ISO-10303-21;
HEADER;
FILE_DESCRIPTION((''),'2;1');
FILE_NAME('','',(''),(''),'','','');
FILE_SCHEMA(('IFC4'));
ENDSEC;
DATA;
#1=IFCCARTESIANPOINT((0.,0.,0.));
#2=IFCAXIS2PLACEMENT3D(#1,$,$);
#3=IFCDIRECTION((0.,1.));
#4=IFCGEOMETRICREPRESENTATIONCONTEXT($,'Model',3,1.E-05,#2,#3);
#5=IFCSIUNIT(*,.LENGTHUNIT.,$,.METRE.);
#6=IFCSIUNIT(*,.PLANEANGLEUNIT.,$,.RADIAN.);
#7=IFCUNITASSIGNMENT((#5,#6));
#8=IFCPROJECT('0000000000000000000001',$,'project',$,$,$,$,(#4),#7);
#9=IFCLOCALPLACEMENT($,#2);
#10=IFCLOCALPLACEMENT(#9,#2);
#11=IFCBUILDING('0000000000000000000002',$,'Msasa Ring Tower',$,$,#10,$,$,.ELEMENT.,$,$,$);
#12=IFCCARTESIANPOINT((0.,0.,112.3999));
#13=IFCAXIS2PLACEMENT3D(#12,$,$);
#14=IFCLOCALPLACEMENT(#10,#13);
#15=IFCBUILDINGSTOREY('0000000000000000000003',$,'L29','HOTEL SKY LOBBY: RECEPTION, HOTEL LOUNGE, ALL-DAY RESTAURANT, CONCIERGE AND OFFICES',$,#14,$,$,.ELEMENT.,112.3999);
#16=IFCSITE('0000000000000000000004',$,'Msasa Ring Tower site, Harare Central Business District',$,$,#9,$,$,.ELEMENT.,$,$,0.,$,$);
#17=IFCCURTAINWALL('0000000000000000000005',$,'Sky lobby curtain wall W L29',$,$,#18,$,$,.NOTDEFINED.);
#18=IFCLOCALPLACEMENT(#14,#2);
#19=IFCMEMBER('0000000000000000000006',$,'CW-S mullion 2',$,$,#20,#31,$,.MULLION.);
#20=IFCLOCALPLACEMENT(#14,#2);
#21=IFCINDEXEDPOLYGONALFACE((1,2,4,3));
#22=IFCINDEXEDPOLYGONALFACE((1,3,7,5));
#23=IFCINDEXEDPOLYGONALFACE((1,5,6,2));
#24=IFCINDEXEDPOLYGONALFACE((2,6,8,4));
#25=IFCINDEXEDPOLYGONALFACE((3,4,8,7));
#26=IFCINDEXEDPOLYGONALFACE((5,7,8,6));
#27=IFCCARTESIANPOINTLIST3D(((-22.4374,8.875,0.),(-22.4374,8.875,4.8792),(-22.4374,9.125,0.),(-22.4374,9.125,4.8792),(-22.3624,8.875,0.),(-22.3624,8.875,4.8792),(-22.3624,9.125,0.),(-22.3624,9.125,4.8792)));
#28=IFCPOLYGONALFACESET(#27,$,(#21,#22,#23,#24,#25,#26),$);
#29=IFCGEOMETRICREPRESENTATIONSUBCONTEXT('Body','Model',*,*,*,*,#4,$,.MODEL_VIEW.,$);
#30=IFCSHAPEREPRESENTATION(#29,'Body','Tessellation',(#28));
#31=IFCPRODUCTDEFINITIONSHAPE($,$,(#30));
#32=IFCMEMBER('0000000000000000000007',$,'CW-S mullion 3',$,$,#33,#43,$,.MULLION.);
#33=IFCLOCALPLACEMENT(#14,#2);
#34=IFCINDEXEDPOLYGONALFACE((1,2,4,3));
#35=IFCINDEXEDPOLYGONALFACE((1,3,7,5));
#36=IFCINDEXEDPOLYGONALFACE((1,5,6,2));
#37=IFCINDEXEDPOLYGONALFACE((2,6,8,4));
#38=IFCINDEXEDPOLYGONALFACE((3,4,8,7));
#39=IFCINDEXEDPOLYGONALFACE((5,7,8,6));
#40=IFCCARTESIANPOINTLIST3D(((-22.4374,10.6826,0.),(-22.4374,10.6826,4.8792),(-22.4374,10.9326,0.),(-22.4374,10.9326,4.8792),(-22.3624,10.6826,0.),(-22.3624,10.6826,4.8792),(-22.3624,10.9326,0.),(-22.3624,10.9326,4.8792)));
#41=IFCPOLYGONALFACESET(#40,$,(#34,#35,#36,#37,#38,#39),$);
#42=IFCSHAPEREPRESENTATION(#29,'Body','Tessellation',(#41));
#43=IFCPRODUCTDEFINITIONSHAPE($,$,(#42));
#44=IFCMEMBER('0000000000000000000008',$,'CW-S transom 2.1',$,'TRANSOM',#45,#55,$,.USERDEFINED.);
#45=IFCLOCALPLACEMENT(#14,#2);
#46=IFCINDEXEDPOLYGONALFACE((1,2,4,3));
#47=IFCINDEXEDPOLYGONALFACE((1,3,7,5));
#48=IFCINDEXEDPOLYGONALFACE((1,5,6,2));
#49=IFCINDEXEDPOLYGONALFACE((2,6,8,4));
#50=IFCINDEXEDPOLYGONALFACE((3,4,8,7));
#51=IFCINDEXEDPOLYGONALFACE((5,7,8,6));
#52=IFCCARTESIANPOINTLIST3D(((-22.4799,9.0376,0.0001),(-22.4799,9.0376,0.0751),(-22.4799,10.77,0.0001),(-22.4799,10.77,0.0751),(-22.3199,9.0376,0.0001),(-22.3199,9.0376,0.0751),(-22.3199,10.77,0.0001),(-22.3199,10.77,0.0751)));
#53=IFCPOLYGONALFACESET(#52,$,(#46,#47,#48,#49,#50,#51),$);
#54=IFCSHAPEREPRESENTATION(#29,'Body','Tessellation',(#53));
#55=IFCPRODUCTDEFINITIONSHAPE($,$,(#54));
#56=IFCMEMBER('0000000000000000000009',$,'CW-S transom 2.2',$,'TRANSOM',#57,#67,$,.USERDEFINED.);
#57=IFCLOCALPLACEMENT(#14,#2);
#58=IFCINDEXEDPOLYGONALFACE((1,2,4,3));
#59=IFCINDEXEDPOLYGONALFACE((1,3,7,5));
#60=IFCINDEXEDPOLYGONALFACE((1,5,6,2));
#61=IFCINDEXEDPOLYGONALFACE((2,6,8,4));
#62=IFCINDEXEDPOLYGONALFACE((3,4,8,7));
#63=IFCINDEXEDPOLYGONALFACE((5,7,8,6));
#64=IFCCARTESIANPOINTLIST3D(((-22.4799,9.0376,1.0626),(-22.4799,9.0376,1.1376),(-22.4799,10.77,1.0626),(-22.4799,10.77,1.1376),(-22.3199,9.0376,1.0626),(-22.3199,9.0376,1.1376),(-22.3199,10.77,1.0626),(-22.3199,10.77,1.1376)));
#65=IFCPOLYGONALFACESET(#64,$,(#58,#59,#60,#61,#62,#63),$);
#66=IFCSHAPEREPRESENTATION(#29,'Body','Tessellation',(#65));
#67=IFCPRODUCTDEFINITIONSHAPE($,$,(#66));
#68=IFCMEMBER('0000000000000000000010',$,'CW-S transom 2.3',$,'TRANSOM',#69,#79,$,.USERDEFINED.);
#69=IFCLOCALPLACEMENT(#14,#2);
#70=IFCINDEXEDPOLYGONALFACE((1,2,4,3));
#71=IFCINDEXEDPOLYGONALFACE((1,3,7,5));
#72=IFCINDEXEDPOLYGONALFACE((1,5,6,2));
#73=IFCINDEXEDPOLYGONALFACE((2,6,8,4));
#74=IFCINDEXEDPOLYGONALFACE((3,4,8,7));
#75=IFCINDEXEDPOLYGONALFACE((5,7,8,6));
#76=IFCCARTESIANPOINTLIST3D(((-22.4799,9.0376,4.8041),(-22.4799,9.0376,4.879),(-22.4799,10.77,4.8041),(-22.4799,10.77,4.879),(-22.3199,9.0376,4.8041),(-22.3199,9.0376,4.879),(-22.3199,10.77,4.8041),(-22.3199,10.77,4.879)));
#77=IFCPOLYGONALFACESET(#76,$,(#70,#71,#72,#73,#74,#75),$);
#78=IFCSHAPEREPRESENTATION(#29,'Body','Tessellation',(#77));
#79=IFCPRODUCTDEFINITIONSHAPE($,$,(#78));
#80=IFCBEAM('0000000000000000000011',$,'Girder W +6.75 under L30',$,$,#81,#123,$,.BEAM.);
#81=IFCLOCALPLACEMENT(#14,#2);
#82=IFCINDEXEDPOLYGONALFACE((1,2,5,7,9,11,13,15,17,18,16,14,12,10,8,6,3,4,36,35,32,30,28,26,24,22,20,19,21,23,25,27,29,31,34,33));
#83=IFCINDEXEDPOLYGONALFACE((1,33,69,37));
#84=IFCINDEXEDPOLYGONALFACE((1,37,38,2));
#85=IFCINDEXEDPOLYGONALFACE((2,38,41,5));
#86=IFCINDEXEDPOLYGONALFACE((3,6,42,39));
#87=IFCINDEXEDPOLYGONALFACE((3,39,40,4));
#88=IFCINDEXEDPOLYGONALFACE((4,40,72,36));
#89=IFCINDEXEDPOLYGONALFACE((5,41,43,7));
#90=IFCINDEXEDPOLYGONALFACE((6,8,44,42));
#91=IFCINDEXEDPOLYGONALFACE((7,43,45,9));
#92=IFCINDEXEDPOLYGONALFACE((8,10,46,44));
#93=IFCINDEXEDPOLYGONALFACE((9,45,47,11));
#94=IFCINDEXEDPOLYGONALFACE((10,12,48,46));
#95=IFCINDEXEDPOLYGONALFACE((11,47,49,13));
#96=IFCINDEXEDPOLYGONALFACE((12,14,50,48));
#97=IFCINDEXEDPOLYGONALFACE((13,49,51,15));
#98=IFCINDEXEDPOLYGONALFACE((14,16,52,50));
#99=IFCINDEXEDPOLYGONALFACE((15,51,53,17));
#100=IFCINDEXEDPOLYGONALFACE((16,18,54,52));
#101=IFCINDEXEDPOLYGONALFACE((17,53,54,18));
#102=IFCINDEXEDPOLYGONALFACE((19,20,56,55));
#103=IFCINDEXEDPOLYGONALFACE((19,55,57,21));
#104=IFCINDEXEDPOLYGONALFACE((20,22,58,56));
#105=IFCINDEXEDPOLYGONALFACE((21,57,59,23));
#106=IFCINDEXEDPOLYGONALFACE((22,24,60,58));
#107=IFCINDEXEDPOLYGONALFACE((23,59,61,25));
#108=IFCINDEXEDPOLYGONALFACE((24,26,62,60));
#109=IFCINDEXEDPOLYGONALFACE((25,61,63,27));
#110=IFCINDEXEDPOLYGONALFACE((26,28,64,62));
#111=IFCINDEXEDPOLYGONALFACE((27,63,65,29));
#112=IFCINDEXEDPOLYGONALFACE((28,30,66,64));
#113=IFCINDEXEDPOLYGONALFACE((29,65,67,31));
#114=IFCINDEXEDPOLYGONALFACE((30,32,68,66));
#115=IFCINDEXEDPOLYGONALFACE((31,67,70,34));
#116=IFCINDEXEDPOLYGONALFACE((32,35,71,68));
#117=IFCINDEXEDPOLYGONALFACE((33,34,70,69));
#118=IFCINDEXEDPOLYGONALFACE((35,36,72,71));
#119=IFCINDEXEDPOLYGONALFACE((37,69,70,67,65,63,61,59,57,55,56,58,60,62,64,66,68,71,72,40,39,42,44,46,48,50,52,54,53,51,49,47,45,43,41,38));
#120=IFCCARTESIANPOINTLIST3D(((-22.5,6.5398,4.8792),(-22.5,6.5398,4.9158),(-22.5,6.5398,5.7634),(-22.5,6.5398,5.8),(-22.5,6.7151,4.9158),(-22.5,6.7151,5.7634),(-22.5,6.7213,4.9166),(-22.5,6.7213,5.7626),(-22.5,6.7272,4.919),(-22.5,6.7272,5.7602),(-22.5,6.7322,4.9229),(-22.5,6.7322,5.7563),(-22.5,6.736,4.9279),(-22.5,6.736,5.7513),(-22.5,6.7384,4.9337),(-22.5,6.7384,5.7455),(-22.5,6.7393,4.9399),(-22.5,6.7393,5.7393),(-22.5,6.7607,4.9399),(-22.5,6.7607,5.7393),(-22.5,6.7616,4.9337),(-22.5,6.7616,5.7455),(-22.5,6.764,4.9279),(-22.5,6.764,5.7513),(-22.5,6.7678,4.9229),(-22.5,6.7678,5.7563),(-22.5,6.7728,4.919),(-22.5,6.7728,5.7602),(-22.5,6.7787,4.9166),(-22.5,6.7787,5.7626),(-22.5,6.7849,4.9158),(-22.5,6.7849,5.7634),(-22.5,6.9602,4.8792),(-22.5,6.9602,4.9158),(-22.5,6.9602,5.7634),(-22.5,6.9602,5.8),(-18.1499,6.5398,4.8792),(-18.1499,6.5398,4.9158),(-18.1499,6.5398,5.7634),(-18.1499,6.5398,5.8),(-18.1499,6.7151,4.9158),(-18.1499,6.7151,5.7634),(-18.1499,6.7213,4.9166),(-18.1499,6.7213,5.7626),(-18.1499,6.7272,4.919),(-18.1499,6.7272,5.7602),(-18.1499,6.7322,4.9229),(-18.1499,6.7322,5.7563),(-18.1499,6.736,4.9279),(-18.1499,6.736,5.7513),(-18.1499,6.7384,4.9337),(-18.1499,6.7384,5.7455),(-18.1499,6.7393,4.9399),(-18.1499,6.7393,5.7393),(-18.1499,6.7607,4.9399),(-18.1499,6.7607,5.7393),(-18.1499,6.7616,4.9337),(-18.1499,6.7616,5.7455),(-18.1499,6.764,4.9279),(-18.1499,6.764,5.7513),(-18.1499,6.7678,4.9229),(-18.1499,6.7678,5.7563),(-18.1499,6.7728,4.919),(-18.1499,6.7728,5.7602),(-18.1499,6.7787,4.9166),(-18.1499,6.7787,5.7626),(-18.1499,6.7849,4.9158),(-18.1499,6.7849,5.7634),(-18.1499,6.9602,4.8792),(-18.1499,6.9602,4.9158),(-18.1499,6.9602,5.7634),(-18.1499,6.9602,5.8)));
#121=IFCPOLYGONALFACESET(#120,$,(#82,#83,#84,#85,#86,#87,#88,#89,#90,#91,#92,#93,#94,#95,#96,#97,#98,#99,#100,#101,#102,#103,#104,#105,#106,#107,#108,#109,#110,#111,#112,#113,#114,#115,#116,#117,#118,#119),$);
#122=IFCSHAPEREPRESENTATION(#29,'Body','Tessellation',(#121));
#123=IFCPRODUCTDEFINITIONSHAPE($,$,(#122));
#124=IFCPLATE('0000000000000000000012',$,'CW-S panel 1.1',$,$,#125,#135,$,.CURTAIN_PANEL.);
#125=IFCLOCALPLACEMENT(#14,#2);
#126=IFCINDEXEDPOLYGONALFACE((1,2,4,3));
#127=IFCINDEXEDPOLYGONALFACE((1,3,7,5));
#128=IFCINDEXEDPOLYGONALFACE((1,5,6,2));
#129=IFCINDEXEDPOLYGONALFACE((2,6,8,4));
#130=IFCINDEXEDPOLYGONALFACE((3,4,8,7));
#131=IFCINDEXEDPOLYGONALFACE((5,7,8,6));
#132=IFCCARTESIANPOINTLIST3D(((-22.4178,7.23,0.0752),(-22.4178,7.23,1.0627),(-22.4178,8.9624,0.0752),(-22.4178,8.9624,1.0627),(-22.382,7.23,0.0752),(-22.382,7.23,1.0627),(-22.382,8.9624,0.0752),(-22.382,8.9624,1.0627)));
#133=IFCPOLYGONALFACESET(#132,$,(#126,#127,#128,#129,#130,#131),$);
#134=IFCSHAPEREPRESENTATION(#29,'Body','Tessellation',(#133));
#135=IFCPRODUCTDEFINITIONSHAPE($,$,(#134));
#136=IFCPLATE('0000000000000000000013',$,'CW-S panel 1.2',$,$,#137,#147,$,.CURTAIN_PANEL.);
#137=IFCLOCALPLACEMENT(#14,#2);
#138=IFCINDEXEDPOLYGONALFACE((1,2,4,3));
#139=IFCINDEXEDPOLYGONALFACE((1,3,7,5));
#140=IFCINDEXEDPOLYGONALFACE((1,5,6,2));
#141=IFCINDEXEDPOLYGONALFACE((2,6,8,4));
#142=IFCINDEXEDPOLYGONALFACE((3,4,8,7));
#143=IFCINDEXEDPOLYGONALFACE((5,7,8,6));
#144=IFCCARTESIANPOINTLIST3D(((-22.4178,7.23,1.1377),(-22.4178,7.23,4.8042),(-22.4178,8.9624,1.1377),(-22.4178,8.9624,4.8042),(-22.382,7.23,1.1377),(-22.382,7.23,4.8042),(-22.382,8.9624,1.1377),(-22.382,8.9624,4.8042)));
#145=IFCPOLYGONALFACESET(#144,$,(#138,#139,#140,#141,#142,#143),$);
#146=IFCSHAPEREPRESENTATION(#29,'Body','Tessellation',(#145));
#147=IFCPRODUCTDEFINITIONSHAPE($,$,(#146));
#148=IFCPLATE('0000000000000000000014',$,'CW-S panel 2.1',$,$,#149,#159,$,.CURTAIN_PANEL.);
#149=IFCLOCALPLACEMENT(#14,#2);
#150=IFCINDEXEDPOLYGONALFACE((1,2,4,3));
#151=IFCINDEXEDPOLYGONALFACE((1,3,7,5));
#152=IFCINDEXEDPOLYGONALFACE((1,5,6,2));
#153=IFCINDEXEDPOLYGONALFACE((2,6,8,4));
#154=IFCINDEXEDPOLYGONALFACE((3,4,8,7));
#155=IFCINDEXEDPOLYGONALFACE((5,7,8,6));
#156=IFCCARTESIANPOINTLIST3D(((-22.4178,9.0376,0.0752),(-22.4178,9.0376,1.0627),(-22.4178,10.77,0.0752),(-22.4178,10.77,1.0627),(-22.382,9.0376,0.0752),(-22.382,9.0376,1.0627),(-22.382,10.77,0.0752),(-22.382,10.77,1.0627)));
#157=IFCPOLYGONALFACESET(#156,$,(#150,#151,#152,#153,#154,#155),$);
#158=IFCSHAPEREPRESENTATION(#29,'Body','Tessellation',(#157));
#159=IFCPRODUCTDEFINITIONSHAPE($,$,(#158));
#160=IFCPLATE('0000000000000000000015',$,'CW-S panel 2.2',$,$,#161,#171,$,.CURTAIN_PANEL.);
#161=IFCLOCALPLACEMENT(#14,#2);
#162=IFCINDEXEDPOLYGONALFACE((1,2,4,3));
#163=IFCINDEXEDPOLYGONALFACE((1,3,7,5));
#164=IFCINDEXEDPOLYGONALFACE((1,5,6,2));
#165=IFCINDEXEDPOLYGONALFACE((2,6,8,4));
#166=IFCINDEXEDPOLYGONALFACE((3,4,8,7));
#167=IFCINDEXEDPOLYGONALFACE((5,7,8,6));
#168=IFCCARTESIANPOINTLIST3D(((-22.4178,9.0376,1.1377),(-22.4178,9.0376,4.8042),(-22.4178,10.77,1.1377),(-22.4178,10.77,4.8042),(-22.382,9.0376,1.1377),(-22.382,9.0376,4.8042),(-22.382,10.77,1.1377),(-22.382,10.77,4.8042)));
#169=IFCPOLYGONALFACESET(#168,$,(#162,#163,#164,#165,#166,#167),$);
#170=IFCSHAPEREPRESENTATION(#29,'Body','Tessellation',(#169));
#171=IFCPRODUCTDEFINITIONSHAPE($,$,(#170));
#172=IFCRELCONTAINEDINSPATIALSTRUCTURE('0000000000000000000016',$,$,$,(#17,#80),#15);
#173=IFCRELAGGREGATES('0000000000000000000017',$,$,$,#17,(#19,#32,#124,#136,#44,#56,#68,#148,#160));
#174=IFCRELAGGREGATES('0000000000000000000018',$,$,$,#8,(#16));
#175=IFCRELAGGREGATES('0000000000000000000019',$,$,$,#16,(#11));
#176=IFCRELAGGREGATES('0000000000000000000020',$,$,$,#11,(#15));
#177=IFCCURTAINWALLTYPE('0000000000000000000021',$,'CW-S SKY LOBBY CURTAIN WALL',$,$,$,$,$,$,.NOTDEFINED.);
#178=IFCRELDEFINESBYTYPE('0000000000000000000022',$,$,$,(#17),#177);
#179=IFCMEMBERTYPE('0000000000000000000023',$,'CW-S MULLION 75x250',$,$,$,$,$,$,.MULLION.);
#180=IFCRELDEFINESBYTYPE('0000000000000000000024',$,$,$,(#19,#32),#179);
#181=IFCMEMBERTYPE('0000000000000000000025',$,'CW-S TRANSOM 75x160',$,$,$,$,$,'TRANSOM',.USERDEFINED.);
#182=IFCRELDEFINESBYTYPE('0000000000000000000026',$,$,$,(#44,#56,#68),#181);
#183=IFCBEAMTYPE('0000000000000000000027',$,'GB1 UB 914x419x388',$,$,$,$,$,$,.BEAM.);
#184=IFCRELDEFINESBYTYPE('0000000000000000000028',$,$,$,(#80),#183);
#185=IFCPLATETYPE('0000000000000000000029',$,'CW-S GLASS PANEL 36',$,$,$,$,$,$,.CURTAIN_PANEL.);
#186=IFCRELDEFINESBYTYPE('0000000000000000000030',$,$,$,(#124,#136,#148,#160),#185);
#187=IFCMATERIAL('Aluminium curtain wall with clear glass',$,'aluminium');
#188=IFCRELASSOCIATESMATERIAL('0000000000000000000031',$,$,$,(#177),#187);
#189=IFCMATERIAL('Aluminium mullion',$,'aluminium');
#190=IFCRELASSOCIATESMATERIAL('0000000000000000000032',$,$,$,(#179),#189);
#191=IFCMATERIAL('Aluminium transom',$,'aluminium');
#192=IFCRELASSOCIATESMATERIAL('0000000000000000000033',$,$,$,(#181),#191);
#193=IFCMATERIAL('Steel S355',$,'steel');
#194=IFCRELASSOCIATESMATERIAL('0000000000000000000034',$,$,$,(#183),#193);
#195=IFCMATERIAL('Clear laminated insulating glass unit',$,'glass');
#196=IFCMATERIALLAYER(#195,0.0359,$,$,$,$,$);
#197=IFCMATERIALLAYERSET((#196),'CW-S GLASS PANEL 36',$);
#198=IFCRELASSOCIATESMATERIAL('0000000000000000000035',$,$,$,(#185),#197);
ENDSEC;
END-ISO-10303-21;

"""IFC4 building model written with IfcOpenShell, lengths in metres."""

from ifc_helpers import new_model, si_unit, direction, frame, origin, origin_2d, place, context, subcontext, project, spatial, rectangle, i_section, extrude, material, layer, layer_set, material_profile, profile_set, type_object, element, aggregate, save


model = new_model("IFC4")

# Units and contexts
model_context = context("Model", 3, precision=1e-05, world=origin(), true_north=direction((0.0, 1.0)))
body_context = subcontext(model_context, "Body", "Model", "MODEL_VIEW")
ifc_project = project(units=[si_unit("LENGTHUNIT", "METRE"), si_unit("PLANEANGLEUNIT", "RADIAN")], contexts=[model_context])

# Site, building, storey
site_placement = place(None, origin())
site = spatial("IfcSite", under=ifc_project, at=site_placement, Name="Msasa Ring Tower site, Harare Central Business District", CompositionType="ELEMENT", RefElevation=0.0)
building_placement = place(site_placement, origin())
building = spatial("IfcBuilding", under=site, at=building_placement, Name="Msasa Ring Tower", CompositionType="ELEMENT")
storey_placement = place(building_placement, frame((0.0, 0.0, 112.3999)))
storey = spatial("IfcBuildingStorey", under=building, at=storey_placement, Name="L29", Description="HOTEL SKY LOBBY: RECEPTION, HOTEL LOUNGE, ALL-DAY RESTAURANT, CONCIERGE AND OFFICES", CompositionType="ELEMENT", Elevation=112.3999)

# Curtain wall, members
ifc_material_1 = material(Name="Aluminium curtain wall with clear glass", Category="aluminium")
curtain_wall_type = type_object("IfcCurtainWallType", Name="CW-S SKY LOBBY CURTAIN WALL", PredefinedType="NOTDEFINED", material=ifc_material_1)
curtain_wall_placement = place(storey_placement, origin())
curtain_wall = element("IfcCurtainWall", 1, at=curtain_wall_placement, inside=storey, type_object=curtain_wall_type, Name="Sky lobby curtain wall W L29", PredefinedType="NOTDEFINED")
ifc_material_2 = material(Name="Aluminium mullion", Category="aluminium")
ifc_material_profile_1 = material_profile(ifc_material_2, rectangle(XDim=0.075, YDim=0.25, at=origin_2d()), Name="AL 75x250")
ifc_profile_set_1 = profile_set([ifc_material_profile_1], Name="Aluminium mullion")
member_type_1 = type_object("IfcMemberType", Name="CW-S MULLION 75x250", PredefinedType="MULLION", material=ifc_profile_set_1)
member_1_placement = place(storey_placement, frame((-22.3999, 9.0, 0.0), z_axis=(0.0, 0.0, 1.0), x_axis=(-1.0, 0.0, 0.0)))
member_1 = element("IfcMember", 2, at=member_1_placement, type_object=member_type_1, Name="CW-S mullion 2", PredefinedType="MULLION", context=body_context, shape_type="SweptSolid", body=[
    extrude(rectangle(XDim=0.075, YDim=0.25, at=origin_2d()), origin(), (0.0, 0.0, 1.0), 4.8792),
])
member_2_placement = place(storey_placement, frame((-22.3999, 10.8076, 0.0), z_axis=(0.0, 0.0, 1.0), x_axis=(-1.0, 0.0, 0.0)))
member_2 = element("IfcMember", 3, at=member_2_placement, type_object=member_type_1, Name="CW-S mullion 3", PredefinedType="MULLION", context=body_context, shape_type="SweptSolid", body=[
    extrude(rectangle(XDim=0.075, YDim=0.25, at=origin_2d()), origin(), (0.0, 0.0, 1.0), 4.8792),
])
ifc_material_3 = material(Name="Aluminium transom", Category="aluminium")
ifc_material_profile_2 = material_profile(ifc_material_3, rectangle(XDim=0.1599, YDim=0.075, at=origin_2d()), Name="AL 75x160")
ifc_profile_set_2 = profile_set([ifc_material_profile_2], Name="Aluminium transom")
member_type_2 = type_object("IfcMemberType", Name="CW-S TRANSOM 75x160", ElementType="TRANSOM", PredefinedType="USERDEFINED", material=ifc_profile_set_2)
member_3_placement = place(storey_placement, frame((-22.3999, 9.0376, 0.0376), z_axis=(0.0, 1.0, 0.0), x_axis=(-1.0, 0.0, 0.0)))
member_3 = element("IfcMember", 4, at=member_3_placement, type_object=member_type_2, Name="CW-S transom 2.1", ObjectType="TRANSOM", PredefinedType="USERDEFINED", context=body_context, shape_type="SweptSolid", body=[
    extrude(rectangle(XDim=0.1599, YDim=0.075, at=origin_2d()), origin(), (0.0, 0.0, 1.0), 1.7324),
])
member_4_placement = place(storey_placement, frame((-22.3999, 9.0376, 1.1001), z_axis=(0.0, 1.0, 0.0), x_axis=(-1.0, 0.0, 0.0)))
member_4 = element("IfcMember", 5, at=member_4_placement, type_object=member_type_2, Name="CW-S transom 2.2", ObjectType="TRANSOM", PredefinedType="USERDEFINED", context=body_context, shape_type="SweptSolid", body=[
    extrude(rectangle(XDim=0.1599, YDim=0.075, at=origin_2d()), origin(), (0.0, 0.0, 1.0), 1.7324),
])
member_5_placement = place(storey_placement, frame((-22.3999, 9.0376, 4.8416), z_axis=(0.0, 1.0, 0.0), x_axis=(-1.0, 0.0, 0.0)))
member_5 = element("IfcMember", 6, at=member_5_placement, type_object=member_type_2, Name="CW-S transom 2.3", ObjectType="TRANSOM", PredefinedType="USERDEFINED", context=body_context, shape_type="SweptSolid", body=[
    extrude(rectangle(XDim=0.1599, YDim=0.075, at=origin_2d()), origin(), (0.0, 0.0, 1.0), 1.7324),
])

# Beam
ifc_material_4 = material(Name="Steel S355", Category="steel")
ifc_material_profile_3 = material_profile(ifc_material_4, i_section(OverallWidth=0.4204, OverallDepth=0.9209, WebThickness=0.0215, FlangeThickness=0.0366, FilletRadius=0.0242, at=origin_2d()), Name="UB 914x419x388")
ifc_profile_set_3 = profile_set([ifc_material_profile_3], Name="Steel S355")
beam_type = type_object("IfcBeamType", Name="GB1 UB 914x419x388", PredefinedType="BEAM", material=ifc_profile_set_3)
beam_placement = place(storey_placement, frame((-18.1499, 6.75, 5.3396), z_axis=(-1.0, 0.0, 0.0), x_axis=(0.0, -1.0, 0.0)))
element("IfcBeam", 7, at=beam_placement, inside=storey, type_object=beam_type, Name="Girder W +6.75 under L30", PredefinedType="BEAM", context=body_context, shape_type="SweptSolid", body=[
    extrude(i_section(OverallWidth=0.4204, OverallDepth=0.9209, WebThickness=0.0215, FlangeThickness=0.0366, FilletRadius=0.0242, at=origin_2d()), origin(), (0.0, 0.0, 1.0), 4.3501),
])

# Plates
ifc_material_5 = material(Name="Clear laminated insulating glass unit", Category="glass")
ifc_layer_1 = layer(ifc_material_5, 0.0359)
ifc_layer_set_1 = layer_set([ifc_layer_1], Name="CW-S GLASS PANEL 36")
plate_type = type_object("IfcPlateType", Name="CW-S GLASS PANEL 36", PredefinedType="CURTAIN_PANEL", material=ifc_layer_set_1)
plate_1_placement = place(storey_placement, frame((-22.3999, 8.0962, 0.0752), z_axis=(0.0, 0.0, 1.0), x_axis=(0.0, 1.0, 0.0)))
plate_1 = element("IfcPlate", 8, at=plate_1_placement, type_object=plate_type, Name="CW-S panel 1.1", PredefinedType="CURTAIN_PANEL", context=body_context, shape_type="SweptSolid", body=[
    extrude(rectangle(XDim=1.7324, YDim=0.0359, at=origin_2d()), origin(), (0.0, 0.0, 1.0), 0.9875),
])
plate_2_placement = place(storey_placement, frame((-22.3999, 8.0962, 1.1377), z_axis=(0.0, 0.0, 1.0), x_axis=(0.0, 1.0, 0.0)))
plate_2 = element("IfcPlate", 9, at=plate_2_placement, type_object=plate_type, Name="CW-S panel 1.2", PredefinedType="CURTAIN_PANEL", context=body_context, shape_type="SweptSolid", body=[
    extrude(rectangle(XDim=1.7324, YDim=0.0359, at=origin_2d()), origin(), (0.0, 0.0, 1.0), 3.6665),
])
plate_3_placement = place(storey_placement, frame((-22.3999, 9.9038, 0.0752), z_axis=(0.0, 0.0, 1.0), x_axis=(0.0, 1.0, 0.0)))
plate_3 = element("IfcPlate", 10, at=plate_3_placement, type_object=plate_type, Name="CW-S panel 2.1", PredefinedType="CURTAIN_PANEL", context=body_context, shape_type="SweptSolid", body=[
    extrude(rectangle(XDim=1.7324, YDim=0.0359, at=origin_2d()), origin(), (0.0, 0.0, 1.0), 0.9875),
])
plate_4_placement = place(storey_placement, frame((-22.3999, 9.9038, 1.1377), z_axis=(0.0, 0.0, 1.0), x_axis=(0.0, 1.0, 0.0)))
plate_4 = element("IfcPlate", 11, at=plate_4_placement, type_object=plate_type, Name="CW-S panel 2.2", PredefinedType="CURTAIN_PANEL", context=body_context, shape_type="SweptSolid", body=[
    extrude(rectangle(XDim=1.7324, YDim=0.0359, at=origin_2d()), origin(), (0.0, 0.0, 1.0), 3.6665),
])
aggregate(curtain_wall, [member_1, member_2, plate_1, plate_2, member_3, member_4, member_5, plate_3, plate_4])

save(model, "model.ifc")
